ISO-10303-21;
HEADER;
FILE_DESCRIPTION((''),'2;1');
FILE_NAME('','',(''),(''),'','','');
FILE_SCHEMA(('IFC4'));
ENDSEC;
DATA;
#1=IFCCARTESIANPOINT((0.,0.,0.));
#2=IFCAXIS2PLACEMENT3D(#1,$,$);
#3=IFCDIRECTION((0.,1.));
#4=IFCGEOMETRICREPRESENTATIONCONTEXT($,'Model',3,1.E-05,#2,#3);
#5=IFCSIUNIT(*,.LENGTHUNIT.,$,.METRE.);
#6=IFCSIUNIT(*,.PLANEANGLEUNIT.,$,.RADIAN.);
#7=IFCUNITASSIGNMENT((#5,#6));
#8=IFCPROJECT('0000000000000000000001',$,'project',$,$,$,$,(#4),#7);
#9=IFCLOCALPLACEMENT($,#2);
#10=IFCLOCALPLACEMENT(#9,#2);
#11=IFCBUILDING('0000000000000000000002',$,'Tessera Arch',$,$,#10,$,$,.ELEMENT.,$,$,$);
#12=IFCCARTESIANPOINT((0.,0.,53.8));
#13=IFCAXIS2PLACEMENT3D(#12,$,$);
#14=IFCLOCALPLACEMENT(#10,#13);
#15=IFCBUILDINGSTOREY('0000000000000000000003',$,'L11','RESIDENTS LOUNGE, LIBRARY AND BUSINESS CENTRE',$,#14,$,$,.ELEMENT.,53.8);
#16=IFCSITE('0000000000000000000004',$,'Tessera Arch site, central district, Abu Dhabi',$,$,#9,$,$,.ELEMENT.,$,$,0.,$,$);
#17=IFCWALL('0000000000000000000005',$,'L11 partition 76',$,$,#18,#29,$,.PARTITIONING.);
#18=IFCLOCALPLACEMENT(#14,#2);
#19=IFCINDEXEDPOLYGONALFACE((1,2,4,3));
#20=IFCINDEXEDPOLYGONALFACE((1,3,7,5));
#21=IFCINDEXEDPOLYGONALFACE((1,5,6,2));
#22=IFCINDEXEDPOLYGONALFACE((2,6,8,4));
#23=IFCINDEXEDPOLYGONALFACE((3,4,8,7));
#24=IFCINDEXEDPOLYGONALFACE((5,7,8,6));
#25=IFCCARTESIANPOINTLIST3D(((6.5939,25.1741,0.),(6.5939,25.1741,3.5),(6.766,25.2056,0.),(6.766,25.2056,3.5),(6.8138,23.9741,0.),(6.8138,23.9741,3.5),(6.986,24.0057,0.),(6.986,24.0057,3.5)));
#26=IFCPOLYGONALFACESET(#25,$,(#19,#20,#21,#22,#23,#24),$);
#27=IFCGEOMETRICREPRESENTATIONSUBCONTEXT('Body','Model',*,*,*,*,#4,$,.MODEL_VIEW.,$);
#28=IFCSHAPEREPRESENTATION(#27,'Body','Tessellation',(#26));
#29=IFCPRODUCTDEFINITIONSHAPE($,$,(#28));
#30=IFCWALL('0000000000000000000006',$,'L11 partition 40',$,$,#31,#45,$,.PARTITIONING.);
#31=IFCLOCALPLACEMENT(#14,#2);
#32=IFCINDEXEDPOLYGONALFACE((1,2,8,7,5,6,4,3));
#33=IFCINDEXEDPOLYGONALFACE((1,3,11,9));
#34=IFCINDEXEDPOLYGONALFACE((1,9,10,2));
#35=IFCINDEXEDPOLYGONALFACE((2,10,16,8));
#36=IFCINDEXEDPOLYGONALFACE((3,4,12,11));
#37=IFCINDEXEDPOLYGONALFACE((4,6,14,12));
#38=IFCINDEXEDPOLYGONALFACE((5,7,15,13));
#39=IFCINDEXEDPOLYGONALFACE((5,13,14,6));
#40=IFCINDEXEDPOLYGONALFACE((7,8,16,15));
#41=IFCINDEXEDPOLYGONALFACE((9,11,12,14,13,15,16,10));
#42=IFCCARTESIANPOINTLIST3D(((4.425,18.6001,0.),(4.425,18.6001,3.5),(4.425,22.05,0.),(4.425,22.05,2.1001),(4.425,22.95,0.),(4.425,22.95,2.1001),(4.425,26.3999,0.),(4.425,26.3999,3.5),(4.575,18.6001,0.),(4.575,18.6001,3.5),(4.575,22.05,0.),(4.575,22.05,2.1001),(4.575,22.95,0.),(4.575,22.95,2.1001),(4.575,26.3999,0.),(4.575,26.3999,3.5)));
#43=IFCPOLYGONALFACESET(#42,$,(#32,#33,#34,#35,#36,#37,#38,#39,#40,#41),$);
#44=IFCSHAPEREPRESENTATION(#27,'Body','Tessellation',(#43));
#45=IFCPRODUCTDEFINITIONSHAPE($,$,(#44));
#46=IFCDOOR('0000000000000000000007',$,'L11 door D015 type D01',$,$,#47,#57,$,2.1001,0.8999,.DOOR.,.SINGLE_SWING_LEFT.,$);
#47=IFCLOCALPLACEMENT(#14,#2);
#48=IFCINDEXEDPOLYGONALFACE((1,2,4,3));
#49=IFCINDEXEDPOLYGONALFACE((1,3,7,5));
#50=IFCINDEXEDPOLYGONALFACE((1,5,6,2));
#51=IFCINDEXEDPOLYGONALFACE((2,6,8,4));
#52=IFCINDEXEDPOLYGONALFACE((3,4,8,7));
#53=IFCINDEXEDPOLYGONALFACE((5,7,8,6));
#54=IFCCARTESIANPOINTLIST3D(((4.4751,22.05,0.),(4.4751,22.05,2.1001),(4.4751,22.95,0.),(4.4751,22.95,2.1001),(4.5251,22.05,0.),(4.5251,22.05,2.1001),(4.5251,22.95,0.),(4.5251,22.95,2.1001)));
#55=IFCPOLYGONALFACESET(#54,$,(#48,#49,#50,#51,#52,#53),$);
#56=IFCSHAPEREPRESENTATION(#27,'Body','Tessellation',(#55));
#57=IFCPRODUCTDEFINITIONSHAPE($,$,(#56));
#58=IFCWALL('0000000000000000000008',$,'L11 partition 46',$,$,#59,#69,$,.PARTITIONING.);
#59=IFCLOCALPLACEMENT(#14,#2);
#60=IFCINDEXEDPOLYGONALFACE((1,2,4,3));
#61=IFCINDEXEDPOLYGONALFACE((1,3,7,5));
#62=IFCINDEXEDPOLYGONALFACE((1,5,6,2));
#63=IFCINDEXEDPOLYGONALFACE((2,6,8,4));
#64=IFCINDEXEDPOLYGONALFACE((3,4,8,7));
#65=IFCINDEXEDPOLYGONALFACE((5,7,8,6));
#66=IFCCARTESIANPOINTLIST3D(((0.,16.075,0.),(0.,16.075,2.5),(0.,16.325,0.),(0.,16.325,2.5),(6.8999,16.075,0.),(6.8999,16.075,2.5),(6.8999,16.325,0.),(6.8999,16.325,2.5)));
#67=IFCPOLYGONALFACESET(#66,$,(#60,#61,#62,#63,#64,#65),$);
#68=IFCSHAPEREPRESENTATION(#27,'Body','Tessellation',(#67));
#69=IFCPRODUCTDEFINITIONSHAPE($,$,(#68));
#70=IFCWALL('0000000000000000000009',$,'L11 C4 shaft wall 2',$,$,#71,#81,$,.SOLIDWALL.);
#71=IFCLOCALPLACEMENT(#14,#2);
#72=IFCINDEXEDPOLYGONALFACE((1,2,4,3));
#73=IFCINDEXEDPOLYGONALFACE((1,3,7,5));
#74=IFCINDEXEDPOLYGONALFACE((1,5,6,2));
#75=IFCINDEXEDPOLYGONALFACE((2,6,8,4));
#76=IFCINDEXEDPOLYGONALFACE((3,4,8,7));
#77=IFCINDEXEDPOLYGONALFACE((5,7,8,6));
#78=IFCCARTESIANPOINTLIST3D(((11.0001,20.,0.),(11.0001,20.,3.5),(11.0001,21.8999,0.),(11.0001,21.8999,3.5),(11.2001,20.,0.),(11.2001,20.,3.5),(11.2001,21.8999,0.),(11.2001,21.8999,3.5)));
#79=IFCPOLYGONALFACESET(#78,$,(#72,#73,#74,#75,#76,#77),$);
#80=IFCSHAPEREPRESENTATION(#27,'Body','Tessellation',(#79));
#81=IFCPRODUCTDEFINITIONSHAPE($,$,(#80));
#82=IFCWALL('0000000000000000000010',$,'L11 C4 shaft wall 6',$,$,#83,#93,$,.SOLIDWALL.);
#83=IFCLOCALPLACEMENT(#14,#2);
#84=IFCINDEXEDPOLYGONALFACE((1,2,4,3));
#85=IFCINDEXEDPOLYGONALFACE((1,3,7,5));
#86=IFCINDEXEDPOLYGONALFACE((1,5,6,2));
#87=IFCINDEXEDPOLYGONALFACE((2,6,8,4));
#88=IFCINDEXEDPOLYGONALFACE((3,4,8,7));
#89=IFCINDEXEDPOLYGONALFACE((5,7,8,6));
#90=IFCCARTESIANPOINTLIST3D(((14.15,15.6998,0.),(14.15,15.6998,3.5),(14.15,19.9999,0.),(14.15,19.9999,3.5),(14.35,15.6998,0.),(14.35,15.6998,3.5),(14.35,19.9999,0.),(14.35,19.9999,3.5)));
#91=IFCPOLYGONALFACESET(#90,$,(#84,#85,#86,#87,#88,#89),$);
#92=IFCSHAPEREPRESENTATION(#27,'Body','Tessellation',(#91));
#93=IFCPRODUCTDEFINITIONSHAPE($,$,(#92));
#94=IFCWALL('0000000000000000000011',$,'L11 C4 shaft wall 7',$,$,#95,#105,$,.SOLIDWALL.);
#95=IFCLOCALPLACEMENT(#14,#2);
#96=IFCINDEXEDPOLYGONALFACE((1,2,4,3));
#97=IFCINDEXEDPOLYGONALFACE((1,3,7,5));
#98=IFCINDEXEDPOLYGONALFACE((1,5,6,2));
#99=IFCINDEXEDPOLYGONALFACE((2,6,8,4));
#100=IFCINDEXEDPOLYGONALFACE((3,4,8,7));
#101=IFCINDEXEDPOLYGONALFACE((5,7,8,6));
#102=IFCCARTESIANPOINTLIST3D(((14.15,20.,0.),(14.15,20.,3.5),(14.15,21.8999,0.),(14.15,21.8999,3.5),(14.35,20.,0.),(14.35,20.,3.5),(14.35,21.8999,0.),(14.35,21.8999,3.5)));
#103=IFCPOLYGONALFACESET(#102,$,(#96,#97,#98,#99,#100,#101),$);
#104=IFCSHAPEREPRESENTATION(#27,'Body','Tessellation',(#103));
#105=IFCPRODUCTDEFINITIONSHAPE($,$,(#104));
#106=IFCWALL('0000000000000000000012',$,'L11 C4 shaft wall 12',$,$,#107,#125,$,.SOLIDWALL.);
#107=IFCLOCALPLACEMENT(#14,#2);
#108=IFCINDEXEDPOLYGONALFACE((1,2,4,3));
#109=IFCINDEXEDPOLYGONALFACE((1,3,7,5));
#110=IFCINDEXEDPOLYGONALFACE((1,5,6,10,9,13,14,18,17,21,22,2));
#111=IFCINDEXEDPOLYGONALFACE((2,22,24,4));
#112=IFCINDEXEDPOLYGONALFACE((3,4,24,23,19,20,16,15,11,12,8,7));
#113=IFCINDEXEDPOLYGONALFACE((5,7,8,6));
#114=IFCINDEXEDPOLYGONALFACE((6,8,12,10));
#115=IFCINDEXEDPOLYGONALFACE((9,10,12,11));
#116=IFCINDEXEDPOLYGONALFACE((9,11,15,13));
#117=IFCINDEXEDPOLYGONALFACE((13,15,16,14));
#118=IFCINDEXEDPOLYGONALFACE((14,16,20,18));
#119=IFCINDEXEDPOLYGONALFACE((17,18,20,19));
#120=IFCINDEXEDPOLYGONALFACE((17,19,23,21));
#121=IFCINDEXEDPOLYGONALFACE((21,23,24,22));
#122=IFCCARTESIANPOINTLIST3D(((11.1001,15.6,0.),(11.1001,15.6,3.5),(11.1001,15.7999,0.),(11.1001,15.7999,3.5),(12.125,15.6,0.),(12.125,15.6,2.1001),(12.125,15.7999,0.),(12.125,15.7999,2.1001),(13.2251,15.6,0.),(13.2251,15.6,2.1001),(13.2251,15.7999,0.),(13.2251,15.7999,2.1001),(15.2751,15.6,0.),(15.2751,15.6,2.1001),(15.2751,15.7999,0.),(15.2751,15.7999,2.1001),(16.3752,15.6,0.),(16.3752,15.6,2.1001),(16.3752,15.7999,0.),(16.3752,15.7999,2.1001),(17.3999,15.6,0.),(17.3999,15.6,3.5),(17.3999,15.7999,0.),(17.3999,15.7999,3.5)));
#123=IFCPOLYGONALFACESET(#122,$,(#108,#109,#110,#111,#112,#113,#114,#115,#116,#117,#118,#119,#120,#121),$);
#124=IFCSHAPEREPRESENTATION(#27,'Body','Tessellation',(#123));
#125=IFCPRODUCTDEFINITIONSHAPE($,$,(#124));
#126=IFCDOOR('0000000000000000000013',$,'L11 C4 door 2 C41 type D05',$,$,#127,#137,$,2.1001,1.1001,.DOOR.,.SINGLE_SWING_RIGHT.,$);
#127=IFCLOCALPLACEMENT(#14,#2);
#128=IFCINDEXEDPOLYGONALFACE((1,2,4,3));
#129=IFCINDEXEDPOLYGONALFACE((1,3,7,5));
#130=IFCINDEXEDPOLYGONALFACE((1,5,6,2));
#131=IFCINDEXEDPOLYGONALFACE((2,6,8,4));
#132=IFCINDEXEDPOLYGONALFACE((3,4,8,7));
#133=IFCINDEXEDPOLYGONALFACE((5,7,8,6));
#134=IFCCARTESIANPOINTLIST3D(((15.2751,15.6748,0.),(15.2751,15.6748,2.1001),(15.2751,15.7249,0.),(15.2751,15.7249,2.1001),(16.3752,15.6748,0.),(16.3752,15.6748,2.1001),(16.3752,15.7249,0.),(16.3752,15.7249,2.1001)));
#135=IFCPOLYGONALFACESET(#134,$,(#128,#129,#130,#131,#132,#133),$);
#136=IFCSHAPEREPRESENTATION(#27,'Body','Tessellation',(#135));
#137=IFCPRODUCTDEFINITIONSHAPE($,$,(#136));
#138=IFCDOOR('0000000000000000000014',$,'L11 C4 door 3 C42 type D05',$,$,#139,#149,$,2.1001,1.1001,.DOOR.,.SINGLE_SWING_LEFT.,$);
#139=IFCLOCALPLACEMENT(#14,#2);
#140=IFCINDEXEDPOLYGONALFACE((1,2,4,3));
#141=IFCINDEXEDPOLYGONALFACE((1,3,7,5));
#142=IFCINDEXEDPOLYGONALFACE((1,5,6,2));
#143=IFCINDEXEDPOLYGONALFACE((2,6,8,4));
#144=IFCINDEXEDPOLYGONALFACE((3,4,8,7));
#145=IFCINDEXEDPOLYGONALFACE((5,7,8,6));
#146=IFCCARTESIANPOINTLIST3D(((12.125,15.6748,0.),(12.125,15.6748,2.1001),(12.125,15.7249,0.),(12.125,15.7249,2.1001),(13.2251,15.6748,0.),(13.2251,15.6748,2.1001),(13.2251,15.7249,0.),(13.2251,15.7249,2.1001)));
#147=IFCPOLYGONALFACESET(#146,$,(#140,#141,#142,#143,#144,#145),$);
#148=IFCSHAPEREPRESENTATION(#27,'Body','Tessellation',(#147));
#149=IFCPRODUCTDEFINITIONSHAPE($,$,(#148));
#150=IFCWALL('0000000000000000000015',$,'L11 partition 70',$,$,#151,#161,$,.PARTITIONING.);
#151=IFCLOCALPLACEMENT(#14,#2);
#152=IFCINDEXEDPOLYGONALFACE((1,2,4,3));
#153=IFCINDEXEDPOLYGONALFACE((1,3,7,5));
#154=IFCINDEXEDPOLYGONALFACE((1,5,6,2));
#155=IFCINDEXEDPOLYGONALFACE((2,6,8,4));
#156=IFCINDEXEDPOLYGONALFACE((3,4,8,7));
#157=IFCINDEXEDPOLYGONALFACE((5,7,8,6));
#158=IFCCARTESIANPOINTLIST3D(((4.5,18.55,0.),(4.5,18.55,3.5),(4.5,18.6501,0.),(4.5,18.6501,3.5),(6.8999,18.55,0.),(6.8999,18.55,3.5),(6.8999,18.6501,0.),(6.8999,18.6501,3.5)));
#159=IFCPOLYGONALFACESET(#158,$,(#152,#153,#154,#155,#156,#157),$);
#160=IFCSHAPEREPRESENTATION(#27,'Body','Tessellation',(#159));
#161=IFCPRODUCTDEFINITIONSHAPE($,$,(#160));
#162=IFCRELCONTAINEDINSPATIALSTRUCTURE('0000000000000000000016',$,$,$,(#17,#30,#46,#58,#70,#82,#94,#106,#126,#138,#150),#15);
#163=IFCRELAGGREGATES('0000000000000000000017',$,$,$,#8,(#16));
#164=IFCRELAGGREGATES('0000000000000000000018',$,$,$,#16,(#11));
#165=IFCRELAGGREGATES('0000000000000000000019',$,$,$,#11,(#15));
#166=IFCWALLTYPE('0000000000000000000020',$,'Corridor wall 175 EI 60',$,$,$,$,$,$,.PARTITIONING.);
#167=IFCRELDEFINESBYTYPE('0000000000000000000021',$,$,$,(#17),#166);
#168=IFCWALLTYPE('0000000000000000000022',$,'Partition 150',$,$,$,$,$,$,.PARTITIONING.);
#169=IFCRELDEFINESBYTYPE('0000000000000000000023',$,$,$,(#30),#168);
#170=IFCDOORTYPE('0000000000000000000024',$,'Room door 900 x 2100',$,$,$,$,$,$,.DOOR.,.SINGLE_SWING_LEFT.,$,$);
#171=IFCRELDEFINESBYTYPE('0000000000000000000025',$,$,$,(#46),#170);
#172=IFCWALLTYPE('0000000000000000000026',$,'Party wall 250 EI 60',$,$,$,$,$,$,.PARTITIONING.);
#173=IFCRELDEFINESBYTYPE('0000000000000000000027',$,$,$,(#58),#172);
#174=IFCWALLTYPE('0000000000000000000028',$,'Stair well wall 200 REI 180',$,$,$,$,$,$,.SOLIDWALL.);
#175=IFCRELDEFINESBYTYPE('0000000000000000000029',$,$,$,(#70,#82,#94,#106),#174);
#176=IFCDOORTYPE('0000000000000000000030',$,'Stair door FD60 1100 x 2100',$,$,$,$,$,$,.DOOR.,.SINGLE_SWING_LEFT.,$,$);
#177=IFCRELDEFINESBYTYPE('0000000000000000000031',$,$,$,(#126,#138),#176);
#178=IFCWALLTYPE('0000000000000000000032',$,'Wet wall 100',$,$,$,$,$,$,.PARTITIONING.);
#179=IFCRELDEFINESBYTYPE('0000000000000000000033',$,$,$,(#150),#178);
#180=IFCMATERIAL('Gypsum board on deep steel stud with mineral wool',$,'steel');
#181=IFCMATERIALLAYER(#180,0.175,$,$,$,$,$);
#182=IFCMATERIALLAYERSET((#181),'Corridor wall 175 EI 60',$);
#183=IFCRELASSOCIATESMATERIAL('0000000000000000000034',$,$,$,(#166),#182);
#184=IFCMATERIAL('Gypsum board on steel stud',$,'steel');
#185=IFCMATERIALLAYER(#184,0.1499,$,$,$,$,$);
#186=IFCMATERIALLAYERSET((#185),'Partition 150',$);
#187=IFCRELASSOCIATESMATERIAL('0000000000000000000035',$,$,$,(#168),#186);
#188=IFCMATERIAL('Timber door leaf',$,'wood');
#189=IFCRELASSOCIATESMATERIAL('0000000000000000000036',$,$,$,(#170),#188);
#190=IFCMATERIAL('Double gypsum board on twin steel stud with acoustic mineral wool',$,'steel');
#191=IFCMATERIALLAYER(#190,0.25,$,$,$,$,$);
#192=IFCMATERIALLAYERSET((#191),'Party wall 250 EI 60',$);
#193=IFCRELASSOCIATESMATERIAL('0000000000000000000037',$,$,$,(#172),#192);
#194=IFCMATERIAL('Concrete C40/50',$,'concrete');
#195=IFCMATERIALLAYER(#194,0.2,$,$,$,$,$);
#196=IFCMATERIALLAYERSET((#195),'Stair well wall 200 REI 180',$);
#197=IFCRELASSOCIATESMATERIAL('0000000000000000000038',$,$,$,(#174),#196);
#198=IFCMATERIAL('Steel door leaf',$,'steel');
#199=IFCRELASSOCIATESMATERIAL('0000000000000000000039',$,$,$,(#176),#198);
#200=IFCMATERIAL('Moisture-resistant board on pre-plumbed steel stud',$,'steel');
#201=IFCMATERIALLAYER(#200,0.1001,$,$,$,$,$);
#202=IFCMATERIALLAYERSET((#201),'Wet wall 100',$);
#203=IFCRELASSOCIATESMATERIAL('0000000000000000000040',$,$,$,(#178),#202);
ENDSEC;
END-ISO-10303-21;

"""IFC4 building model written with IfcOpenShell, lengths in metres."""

from ifc_helpers import new_model, si_unit, direction, frame, frame_2d, origin, place, context, subcontext, project, spatial, rectangle, extrude, material, layer, layer_set, type_object, element, fill, save


model = new_model("IFC4")

# Units and contexts
model_context = context("Model", 3, precision=1e-05, world=origin(), true_north=direction((0.0, 1.0)))
body_context = subcontext(model_context, "Body", "Model", "MODEL_VIEW")
ifc_project = project(units=[si_unit("LENGTHUNIT", "METRE"), si_unit("PLANEANGLEUNIT", "RADIAN")], contexts=[model_context])

# Site, building, storey
site_placement = place(None, origin())
site = spatial("IfcSite", under=ifc_project, at=site_placement, Name="Tessera Arch site, central district, Abu Dhabi", CompositionType="ELEMENT", RefElevation=0.0)
building_placement = place(site_placement, origin())
building = spatial("IfcBuilding", under=site, at=building_placement, Name="Tessera Arch", CompositionType="ELEMENT")
storey_placement = place(building_placement, frame((0.0, 0.0, 53.8)))
storey = spatial("IfcBuildingStorey", under=building, at=storey_placement, Name="L11", Description="RESIDENTS LOUNGE, LIBRARY AND BUSINESS CENTRE", CompositionType="ELEMENT", Elevation=53.8)

# Shared definitions
ifc_material_1 = material(Name="Gypsum board on deep steel stud with mineral wool", Category="steel")
ifc_layer_1 = layer(ifc_material_1, 0.175)
ifc_layer_set_1 = layer_set([ifc_layer_1], Name="Corridor wall 175 EI 60")
wall_type_1 = type_object("IfcWallType", Name="Corridor wall 175 EI 60", PredefinedType="PARTITIONING", material=ifc_layer_set_1)

# Wall
wall_1_placement = place(storey_placement, frame((6.8999, 23.99, 0.0), z_axis=(0.0, 0.0, 1.0), x_axis=(-0.180312, 0.98361, 0.0)))
element("IfcWall", 1, at=wall_1_placement, inside=storey, type_object=wall_type_1, Name="L11 partition 76", PredefinedType="PARTITIONING", context=body_context, shape_type="SweptSolid", body=[
    extrude(rectangle(XDim=1.22, YDim=0.175, at=frame_2d((0.6099, 0.0))), origin(), (0.0, 0.0, 1.0), 3.5),
])

# Wall, opening, door
ifc_material_2 = material(Name="Gypsum board on steel stud", Category="steel")
ifc_layer_2 = layer(ifc_material_2, 0.1499)
ifc_layer_set_2 = layer_set([ifc_layer_2], Name="Partition 150")
wall_type_2 = type_object("IfcWallType", Name="Partition 150", PredefinedType="PARTITIONING", material=ifc_layer_set_2)
wall_2_placement = place(storey_placement, frame((4.5, 18.6001, 0.0), z_axis=(0.0, 0.0, 1.0), x_axis=(0.0, 1.0, 0.0)))
wall_2 = element("IfcWall", 2, at=wall_2_placement, inside=storey, type_object=wall_type_2, Name="L11 partition 40", PredefinedType="PARTITIONING", context=body_context, shape_type="SweptSolid", body=[
    extrude(rectangle(XDim=7.7998, YDim=0.1499, at=frame_2d((3.8999, 0.0))), origin(), (0.0, 0.0, 1.0), 3.5),
])
opening_1_placement = place(wall_2_placement, frame((3.45, 0.0, 0.0)))
opening_1 = element("IfcOpeningElement", 3, at=opening_1_placement, cuts=wall_2, PredefinedType="OPENING", context=body_context, shape_type="SweptSolid", body=[
    extrude(rectangle(XDim=0.8999, YDim=2.1001, at=frame_2d((0.45, 1.05))), frame((0.0, 0.085, 0.0), z_axis=(0.0, -1.0, 0.0), x_axis=(1.0, 0.0, 0.0)), (0.0, 0.0, 1.0), 0.1699),
])
ifc_material_3 = material(Name="Timber door leaf", Category="wood")
door_type_1 = type_object("IfcDoorType", Name="Room door 900 x 2100", OperationType="SINGLE_SWING_LEFT", PredefinedType="DOOR", material=ifc_material_3)
door_1_placement = place(opening_1_placement, origin())
door_1 = element("IfcDoor", 4, at=door_1_placement, inside=storey, type_object=door_type_1, Name="L11 door D015 type D01", OperationType="SINGLE_SWING_LEFT", OverallHeight=2.1001, OverallWidth=0.8999, PredefinedType="DOOR", context=body_context, shape_type="SweptSolid", body=[
    extrude(rectangle(XDim=0.8999, YDim=2.1001, at=frame_2d((0.45, 1.05))), frame((0.0, 0.0249, 0.0), z_axis=(0.0, -1.0, 0.0), x_axis=(1.0, 0.0, 0.0)), (0.0, 0.0, 1.0), 0.05),
])
fill(opening_1, door_1)

# Walls
ifc_material_4 = material(Name="Double gypsum board on twin steel stud with acoustic mineral wool", Category="steel")
ifc_layer_3 = layer(ifc_material_4, 0.25)
ifc_layer_set_3 = layer_set([ifc_layer_3], Name="Party wall 250 EI 60")
wall_type_3 = type_object("IfcWallType", Name="Party wall 250 EI 60", PredefinedType="PARTITIONING", material=ifc_layer_set_3)
wall_3_placement = place(storey_placement, frame((0.0, 16.2, 0.0), z_axis=(0.0, 0.0, 1.0), x_axis=(1.0, 0.0, 0.0)))
element("IfcWall", 5, at=wall_3_placement, inside=storey, type_object=wall_type_3, Name="L11 partition 46", PredefinedType="PARTITIONING", context=body_context, shape_type="SweptSolid", body=[
    extrude(rectangle(XDim=6.8999, YDim=0.25, at=frame_2d((3.45, 0.0))), origin(), (0.0, 0.0, 1.0), 2.5),
])
ifc_material_5 = material(Name="Concrete C40/50", Category="concrete")
ifc_layer_4 = layer(ifc_material_5, 0.2)
ifc_layer_set_4 = layer_set([ifc_layer_4], Name="Stair well wall 200 REI 180")
wall_type_4 = type_object("IfcWallType", Name="Stair well wall 200 REI 180", PredefinedType="SOLIDWALL", material=ifc_layer_set_4)
wall_4_placement = place(storey_placement, frame((11.1001, 20.0, 0.0), z_axis=(0.0, 0.0, 1.0), x_axis=(0.0, 1.0, 0.0)))
element("IfcWall", 6, at=wall_4_placement, inside=storey, type_object=wall_type_4, Name="L11 C4 shaft wall 2", PredefinedType="SOLIDWALL", context=body_context, shape_type="SweptSolid", body=[
    extrude(rectangle(XDim=1.8999, YDim=0.2, at=frame_2d((0.95, 0.0))), origin(), (0.0, 0.0, 1.0), 3.5),
])
wall_5_placement = place(storey_placement, frame((14.25, 15.7, 0.0), z_axis=(0.0, 0.0, 1.0), x_axis=(0.0, 1.0, 0.0)))
element("IfcWall", 7, at=wall_5_placement, inside=storey, type_object=wall_type_4, Name="L11 C4 shaft wall 6", PredefinedType="SOLIDWALL", context=body_context, shape_type="SweptSolid", body=[
    extrude(rectangle(XDim=4.3, YDim=0.2, at=frame_2d((2.1499, 0.0))), origin(), (0.0, 0.0, 1.0), 3.5),
])
wall_6_placement = place(storey_placement, frame((14.25, 20.0, 0.0), z_axis=(0.0, 0.0, 1.0), x_axis=(0.0, 1.0, 0.0)))
element("IfcWall", 8, at=wall_6_placement, inside=storey, type_object=wall_type_4, Name="L11 C4 shaft wall 7", PredefinedType="SOLIDWALL", context=body_context, shape_type="SweptSolid", body=[
    extrude(rectangle(XDim=1.8999, YDim=0.2, at=frame_2d((0.95, 0.0))), origin(), (0.0, 0.0, 1.0), 3.5),
])

# Wall, openings, doors
wall_7_placement = place(storey_placement, frame((11.1001, 15.7, 0.0), z_axis=(0.0, 0.0, 1.0), x_axis=(1.0, 0.0, 0.0)))
wall_7 = element("IfcWall", 9, at=wall_7_placement, inside=storey, type_object=wall_type_4, Name="L11 C4 shaft wall 12", PredefinedType="SOLIDWALL", context=body_context, shape_type="SweptSolid", body=[
    extrude(rectangle(XDim=6.2998, YDim=0.2, at=frame_2d((3.1499, 0.0))), origin(), (0.0, 0.0, 1.0), 3.5),
])
opening_2_placement = place(wall_7_placement, frame((4.175, 0.0, 0.0)))
opening_2 = element("IfcOpeningElement", 10, at=opening_2_placement, cuts=wall_7, PredefinedType="OPENING", context=body_context, shape_type="SweptSolid", body=[
    extrude(rectangle(XDim=1.1001, YDim=2.1001, at=frame_2d((0.55, 1.05))), frame((0.0, 0.1099, 0.0), z_axis=(0.0, -1.0, 0.0), x_axis=(1.0, 0.0, 0.0)), (0.0, 0.0, 1.0), 0.22),
])
opening_3_placement = place(wall_7_placement, frame((1.0249, 0.0, 0.0)))
opening_3 = element("IfcOpeningElement", 11, at=opening_3_placement, cuts=wall_7, PredefinedType="OPENING", context=body_context, shape_type="SweptSolid", body=[
    extrude(rectangle(XDim=1.1001, YDim=2.1001, at=frame_2d((0.55, 1.05))), frame((0.0, 0.1099, 0.0), z_axis=(0.0, -1.0, 0.0), x_axis=(1.0, 0.0, 0.0)), (0.0, 0.0, 1.0), 0.22),
])
ifc_material_6 = material(Name="Steel door leaf", Category="steel")
door_type_2 = type_object("IfcDoorType", Name="Stair door FD60 1100 x 2100", OperationType="SINGLE_SWING_LEFT", PredefinedType="DOOR", material=ifc_material_6)
door_2_placement = place(opening_2_placement, origin())
door_2 = element("IfcDoor", 12, at=door_2_placement, inside=storey, type_object=door_type_2, Name="L11 C4 door 2 C41 type D05", OperationType="SINGLE_SWING_RIGHT", OverallHeight=2.1001, OverallWidth=1.1001, PredefinedType="DOOR", context=body_context, shape_type="SweptSolid", body=[
    extrude(rectangle(XDim=1.1001, YDim=2.1001, at=frame_2d((0.55, 1.05))), frame((0.0, 0.0249, 0.0), z_axis=(0.0, -1.0, 0.0), x_axis=(1.0, 0.0, 0.0)), (0.0, 0.0, 1.0), 0.05),
])
fill(opening_2, door_2)
door_3_placement = place(opening_3_placement, origin())
door_3 = element("IfcDoor", 13, at=door_3_placement, inside=storey, type_object=door_type_2, Name="L11 C4 door 3 C42 type D05", OperationType="SINGLE_SWING_LEFT", OverallHeight=2.1001, OverallWidth=1.1001, PredefinedType="DOOR", context=body_context, shape_type="SweptSolid", body=[
    extrude(rectangle(XDim=1.1001, YDim=2.1001, at=frame_2d((0.55, 1.05))), frame((0.0, 0.0249, 0.0), z_axis=(0.0, -1.0, 0.0), x_axis=(1.0, 0.0, 0.0)), (0.0, 0.0, 1.0), 0.05),
])
fill(opening_3, door_3)

# Wall
ifc_material_7 = material(Name="Moisture-resistant board on pre-plumbed steel stud", Category="steel")
ifc_layer_5 = layer(ifc_material_7, 0.1001)
ifc_layer_set_5 = layer_set([ifc_layer_5], Name="Wet wall 100")
wall_type_5 = type_object("IfcWallType", Name="Wet wall 100", PredefinedType="PARTITIONING", material=ifc_layer_set_5)
wall_8_placement = place(storey_placement, frame((4.5, 18.6001, 0.0), z_axis=(0.0, 0.0, 1.0), x_axis=(1.0, 0.0, 0.0)))
element("IfcWall", 14, at=wall_8_placement, inside=storey, type_object=wall_type_5, Name="L11 partition 70", PredefinedType="PARTITIONING", context=body_context, shape_type="SweptSolid", body=[
    extrude(rectangle(XDim=2.3999, YDim=0.1001, at=frame_2d((1.2, 0.0))), origin(), (0.0, 0.0, 1.0), 3.5),
])

save(model, "model.ifc")
